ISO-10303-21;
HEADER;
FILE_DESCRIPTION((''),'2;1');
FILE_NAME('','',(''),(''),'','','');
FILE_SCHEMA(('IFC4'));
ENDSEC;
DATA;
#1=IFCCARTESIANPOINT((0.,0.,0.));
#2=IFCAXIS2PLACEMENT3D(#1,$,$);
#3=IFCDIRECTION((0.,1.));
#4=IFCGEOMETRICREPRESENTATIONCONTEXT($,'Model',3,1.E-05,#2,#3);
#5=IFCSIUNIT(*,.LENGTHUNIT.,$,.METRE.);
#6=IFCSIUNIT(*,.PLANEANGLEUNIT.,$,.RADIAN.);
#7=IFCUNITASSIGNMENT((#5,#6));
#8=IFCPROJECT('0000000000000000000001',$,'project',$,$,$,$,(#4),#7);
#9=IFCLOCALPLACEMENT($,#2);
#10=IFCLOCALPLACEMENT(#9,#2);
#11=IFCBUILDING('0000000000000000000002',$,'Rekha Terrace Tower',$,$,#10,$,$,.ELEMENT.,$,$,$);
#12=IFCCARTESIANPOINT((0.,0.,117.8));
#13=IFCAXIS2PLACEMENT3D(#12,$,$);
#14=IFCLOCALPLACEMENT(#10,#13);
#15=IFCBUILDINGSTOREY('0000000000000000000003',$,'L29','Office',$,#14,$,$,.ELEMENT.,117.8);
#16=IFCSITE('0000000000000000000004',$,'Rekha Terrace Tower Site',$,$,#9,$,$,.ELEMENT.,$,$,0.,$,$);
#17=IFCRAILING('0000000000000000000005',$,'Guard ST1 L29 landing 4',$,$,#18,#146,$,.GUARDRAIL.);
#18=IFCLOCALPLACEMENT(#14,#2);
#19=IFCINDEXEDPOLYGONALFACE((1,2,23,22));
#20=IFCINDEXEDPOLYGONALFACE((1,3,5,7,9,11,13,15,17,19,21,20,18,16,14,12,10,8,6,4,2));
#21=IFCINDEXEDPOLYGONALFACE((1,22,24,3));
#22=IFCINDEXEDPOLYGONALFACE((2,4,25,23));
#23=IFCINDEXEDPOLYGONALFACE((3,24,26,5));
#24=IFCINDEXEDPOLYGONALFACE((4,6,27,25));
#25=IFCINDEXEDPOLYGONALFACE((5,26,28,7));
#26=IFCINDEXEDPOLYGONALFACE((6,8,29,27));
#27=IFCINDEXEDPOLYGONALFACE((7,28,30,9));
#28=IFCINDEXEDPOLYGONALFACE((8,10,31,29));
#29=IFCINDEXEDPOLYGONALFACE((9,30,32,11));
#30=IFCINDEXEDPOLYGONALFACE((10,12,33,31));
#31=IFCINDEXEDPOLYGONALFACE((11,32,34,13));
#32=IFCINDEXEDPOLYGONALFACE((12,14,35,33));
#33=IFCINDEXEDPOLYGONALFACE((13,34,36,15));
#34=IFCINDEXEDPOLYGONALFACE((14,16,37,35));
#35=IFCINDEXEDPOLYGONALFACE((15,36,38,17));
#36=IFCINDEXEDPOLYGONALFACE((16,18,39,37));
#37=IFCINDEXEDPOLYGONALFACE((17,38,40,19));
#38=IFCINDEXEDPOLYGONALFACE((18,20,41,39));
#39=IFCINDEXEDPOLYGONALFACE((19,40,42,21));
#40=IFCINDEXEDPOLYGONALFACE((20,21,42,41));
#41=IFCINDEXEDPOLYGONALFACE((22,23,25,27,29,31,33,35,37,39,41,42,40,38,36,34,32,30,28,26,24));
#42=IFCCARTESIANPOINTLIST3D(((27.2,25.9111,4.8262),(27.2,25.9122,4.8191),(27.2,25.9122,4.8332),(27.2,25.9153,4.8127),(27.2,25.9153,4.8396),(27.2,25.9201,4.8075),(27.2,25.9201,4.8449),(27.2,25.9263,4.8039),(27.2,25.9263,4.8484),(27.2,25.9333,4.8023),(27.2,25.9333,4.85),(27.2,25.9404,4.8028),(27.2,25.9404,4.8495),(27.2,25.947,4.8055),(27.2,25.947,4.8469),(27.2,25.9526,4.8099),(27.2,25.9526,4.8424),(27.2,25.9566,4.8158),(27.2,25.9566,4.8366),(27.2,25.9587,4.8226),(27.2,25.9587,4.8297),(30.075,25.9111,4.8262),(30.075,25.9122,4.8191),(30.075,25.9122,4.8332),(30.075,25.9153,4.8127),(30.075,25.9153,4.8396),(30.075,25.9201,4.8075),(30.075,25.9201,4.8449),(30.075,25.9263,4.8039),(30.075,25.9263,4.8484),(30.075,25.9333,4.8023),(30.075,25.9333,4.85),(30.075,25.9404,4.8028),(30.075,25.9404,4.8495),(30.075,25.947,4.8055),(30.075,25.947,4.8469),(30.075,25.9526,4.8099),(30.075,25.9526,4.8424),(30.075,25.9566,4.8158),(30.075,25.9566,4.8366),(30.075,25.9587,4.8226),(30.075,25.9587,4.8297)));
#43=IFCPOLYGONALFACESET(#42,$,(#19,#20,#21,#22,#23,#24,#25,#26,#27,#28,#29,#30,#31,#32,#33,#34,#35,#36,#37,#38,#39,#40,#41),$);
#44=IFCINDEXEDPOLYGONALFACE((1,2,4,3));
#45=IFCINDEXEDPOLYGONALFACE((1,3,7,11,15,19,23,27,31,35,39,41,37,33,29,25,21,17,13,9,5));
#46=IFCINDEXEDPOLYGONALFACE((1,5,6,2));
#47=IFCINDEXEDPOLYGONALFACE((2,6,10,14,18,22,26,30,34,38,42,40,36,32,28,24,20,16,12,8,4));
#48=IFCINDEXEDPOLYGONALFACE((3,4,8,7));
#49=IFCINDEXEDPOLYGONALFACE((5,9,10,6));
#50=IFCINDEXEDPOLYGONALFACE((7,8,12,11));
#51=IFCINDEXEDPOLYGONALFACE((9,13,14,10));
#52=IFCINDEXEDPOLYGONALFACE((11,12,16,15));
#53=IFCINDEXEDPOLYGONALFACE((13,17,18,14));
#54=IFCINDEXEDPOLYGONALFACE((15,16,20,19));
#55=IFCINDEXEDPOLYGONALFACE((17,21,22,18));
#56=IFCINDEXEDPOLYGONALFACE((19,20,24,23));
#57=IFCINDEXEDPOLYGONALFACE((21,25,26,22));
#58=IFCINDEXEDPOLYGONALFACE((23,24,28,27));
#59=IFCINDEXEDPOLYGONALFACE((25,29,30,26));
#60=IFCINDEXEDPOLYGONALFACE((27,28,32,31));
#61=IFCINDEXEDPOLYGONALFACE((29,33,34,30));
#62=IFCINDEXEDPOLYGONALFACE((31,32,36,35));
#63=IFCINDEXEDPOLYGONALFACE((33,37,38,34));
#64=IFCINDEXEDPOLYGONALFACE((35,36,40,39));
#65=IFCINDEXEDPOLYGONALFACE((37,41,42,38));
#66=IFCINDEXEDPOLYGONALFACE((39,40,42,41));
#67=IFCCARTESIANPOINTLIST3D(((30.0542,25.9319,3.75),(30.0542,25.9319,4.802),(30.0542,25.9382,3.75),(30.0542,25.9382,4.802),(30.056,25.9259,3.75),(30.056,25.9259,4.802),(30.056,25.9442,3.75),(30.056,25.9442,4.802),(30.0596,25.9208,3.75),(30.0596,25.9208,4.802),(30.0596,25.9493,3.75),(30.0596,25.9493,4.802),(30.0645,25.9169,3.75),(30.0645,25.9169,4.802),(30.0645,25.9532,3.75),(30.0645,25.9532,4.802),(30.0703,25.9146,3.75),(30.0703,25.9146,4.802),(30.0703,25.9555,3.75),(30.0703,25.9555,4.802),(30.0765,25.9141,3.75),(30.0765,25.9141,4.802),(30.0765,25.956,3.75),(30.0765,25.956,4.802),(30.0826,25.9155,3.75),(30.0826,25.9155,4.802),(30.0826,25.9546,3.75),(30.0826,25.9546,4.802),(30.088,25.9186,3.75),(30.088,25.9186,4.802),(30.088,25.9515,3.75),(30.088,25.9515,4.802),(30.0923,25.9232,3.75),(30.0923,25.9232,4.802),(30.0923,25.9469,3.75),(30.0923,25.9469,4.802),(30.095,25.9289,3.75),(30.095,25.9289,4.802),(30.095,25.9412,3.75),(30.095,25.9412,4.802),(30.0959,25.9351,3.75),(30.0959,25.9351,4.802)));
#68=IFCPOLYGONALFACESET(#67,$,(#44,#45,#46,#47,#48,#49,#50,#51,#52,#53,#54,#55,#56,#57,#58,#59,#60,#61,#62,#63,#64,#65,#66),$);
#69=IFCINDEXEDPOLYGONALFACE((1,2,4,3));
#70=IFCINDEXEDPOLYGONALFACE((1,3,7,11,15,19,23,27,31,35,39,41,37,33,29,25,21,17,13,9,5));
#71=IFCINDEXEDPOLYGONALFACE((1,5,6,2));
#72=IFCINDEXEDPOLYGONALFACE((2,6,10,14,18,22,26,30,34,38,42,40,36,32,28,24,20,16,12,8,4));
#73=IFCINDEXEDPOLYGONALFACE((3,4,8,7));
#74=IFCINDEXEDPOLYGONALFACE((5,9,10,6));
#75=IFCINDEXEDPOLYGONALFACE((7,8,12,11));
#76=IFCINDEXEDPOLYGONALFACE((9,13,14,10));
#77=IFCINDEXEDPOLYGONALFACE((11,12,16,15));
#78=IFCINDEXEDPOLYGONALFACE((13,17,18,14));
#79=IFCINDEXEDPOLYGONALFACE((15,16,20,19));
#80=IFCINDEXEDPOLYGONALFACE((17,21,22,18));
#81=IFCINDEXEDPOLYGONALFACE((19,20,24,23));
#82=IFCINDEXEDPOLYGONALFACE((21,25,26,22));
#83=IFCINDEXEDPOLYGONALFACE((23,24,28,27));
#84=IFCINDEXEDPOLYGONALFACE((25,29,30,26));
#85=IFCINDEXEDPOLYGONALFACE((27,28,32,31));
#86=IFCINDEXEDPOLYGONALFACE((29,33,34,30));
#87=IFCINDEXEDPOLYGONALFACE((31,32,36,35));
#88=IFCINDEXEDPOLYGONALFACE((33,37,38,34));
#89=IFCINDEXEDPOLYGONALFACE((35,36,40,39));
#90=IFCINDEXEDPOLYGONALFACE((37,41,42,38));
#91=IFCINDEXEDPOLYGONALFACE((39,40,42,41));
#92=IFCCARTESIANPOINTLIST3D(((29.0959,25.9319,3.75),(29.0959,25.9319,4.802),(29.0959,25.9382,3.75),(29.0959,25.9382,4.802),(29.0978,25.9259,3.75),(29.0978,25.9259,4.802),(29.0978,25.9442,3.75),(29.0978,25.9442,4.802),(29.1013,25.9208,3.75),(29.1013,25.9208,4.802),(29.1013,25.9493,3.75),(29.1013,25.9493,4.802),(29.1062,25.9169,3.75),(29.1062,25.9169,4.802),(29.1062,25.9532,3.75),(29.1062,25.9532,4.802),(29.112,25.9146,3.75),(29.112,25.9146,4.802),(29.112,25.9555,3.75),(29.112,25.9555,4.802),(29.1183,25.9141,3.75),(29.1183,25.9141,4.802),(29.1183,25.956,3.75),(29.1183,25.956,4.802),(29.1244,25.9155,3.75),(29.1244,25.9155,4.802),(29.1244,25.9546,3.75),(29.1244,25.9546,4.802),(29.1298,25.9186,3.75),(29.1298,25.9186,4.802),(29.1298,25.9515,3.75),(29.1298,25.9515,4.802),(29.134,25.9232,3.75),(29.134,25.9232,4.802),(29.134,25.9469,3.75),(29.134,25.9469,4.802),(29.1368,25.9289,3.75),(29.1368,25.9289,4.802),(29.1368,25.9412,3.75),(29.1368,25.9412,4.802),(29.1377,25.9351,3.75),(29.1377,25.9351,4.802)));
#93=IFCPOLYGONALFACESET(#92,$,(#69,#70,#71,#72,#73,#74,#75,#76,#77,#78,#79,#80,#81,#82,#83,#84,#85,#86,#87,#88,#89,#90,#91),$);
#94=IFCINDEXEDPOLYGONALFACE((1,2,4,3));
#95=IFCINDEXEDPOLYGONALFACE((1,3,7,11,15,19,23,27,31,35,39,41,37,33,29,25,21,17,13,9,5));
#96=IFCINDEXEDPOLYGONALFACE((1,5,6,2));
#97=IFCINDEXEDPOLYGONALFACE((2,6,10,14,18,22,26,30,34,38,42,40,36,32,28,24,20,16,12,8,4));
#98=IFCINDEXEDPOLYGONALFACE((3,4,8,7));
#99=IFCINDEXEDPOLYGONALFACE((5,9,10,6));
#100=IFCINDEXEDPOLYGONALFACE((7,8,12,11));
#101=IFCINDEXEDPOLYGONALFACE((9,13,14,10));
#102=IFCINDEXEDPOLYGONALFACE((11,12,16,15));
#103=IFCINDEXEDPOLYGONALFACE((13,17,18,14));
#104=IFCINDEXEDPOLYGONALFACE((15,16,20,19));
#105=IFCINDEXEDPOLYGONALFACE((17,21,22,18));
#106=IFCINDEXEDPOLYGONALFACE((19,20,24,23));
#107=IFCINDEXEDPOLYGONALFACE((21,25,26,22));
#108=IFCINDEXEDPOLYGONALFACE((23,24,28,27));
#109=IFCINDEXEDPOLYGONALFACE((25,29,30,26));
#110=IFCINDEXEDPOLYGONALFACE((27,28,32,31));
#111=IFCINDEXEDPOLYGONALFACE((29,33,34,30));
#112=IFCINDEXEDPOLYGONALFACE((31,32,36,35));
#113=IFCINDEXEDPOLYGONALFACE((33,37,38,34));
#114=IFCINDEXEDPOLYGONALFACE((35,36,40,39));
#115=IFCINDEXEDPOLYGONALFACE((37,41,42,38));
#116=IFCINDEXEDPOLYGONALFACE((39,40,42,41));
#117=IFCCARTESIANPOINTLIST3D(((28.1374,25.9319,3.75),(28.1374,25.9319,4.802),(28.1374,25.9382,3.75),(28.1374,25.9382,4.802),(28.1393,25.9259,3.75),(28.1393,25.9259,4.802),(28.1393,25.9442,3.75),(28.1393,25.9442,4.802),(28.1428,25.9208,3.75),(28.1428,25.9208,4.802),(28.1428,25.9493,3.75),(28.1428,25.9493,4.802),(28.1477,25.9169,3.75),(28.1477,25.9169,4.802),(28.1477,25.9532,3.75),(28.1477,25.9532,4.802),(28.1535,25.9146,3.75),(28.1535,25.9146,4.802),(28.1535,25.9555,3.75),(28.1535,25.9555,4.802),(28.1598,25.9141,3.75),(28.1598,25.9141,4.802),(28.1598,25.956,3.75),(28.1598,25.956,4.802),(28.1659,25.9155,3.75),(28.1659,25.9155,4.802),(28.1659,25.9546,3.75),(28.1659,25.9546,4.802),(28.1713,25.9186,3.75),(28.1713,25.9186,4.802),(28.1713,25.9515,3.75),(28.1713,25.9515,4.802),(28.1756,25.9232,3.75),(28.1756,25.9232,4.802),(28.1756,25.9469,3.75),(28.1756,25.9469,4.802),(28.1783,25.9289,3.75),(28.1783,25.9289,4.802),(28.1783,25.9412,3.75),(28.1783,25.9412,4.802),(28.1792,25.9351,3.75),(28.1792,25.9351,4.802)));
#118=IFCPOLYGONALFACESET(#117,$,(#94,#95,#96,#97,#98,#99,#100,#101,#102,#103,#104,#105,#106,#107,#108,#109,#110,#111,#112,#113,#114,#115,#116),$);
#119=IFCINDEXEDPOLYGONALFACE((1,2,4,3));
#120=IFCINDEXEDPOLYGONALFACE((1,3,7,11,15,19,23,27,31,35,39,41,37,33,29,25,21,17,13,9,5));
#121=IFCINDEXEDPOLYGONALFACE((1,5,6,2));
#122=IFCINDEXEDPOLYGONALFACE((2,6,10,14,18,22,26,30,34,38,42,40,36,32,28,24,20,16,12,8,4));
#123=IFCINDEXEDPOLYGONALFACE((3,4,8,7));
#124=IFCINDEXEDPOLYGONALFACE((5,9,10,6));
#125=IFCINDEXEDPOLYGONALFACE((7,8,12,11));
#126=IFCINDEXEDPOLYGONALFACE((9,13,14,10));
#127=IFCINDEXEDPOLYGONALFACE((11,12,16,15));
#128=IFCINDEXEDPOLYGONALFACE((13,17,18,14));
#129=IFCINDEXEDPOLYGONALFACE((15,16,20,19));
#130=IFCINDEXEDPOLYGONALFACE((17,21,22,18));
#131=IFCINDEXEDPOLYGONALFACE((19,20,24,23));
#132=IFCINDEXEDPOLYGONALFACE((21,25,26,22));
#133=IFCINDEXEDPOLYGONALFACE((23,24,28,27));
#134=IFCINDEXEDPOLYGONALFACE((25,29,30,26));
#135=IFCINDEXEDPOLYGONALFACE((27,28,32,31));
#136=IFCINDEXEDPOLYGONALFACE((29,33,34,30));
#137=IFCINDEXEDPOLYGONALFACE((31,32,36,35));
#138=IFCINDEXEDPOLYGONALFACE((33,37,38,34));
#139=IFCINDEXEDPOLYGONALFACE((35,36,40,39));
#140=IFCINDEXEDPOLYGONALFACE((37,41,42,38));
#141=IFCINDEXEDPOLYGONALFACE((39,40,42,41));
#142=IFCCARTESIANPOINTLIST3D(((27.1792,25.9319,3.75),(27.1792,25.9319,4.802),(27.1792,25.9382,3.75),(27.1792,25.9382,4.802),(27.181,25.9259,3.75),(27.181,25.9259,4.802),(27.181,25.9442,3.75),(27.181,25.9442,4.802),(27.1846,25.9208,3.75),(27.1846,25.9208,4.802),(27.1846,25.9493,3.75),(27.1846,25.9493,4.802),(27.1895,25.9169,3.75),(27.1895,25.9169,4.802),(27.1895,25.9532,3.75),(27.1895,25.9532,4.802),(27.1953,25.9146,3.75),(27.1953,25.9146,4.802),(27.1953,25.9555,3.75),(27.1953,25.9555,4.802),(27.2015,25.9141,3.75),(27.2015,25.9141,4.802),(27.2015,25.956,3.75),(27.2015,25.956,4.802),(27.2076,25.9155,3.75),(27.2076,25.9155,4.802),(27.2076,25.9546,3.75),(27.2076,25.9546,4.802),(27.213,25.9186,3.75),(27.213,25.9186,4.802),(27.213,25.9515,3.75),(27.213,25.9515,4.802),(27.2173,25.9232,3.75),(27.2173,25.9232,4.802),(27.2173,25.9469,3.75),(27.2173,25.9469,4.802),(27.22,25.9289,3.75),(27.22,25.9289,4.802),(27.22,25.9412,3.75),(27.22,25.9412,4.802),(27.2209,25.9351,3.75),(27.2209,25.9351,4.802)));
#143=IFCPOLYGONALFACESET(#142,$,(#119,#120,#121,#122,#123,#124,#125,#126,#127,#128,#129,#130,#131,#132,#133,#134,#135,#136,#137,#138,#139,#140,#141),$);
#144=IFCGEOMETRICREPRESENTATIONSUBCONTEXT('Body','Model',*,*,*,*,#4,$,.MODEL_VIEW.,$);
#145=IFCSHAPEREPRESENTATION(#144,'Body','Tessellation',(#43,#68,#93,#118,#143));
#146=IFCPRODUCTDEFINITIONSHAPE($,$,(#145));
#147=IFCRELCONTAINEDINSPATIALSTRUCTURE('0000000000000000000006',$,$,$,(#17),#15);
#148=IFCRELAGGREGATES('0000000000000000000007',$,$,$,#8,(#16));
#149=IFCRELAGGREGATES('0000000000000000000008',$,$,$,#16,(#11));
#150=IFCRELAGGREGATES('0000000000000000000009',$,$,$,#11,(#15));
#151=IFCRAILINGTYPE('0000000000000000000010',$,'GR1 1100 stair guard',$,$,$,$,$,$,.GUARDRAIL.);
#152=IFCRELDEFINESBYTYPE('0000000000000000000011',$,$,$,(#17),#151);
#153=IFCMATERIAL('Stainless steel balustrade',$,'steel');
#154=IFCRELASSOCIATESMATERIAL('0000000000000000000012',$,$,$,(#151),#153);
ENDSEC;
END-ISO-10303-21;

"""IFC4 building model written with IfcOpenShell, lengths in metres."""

from ifc_helpers import new_model, si_unit, direction, frame, origin, origin_2d, place, context, subcontext, project, spatial, circle, extrude, material, type_object, element, save


model = new_model("IFC4")

# Units and contexts
model_context = context("Model", 3, precision=1e-05, world=origin(), true_north=direction((0.0, 1.0)))
body_context = subcontext(model_context, "Body", "Model", "MODEL_VIEW")
ifc_project = project(units=[si_unit("LENGTHUNIT", "METRE"), si_unit("PLANEANGLEUNIT", "RADIAN")], contexts=[model_context])

# Site, building, storey
site_placement = place(None, origin())
site = spatial("IfcSite", under=ifc_project, at=site_placement, Name="Rekha Terrace Tower Site", CompositionType="ELEMENT", RefElevation=0.0)
building_placement = place(site_placement, origin())
building = spatial("IfcBuilding", under=site, at=building_placement, Name="Rekha Terrace Tower", CompositionType="ELEMENT")
storey_placement = place(building_placement, frame((0.0, 0.0, 117.8)))
storey = spatial("IfcBuildingStorey", under=building, at=storey_placement, Name="L29", Description="Office", CompositionType="ELEMENT", Elevation=117.8)

# Railing
ifc_material_1 = material(Name="Stainless steel balustrade", Category="steel")
railing_type_1 = type_object("IfcRailingType", Name="GR1 1100 stair guard", PredefinedType="GUARDRAIL", material=ifc_material_1)
railing_1_placement = place(storey_placement, frame((30.075, 25.9351, 3.75)))
element("IfcRailing", 1, at=railing_1_placement, inside=storey, type_object=railing_type_1, Name="Guard ST1 L29 landing 4", PredefinedType="GUARDRAIL", context=body_context, shape_type="SweptSolid", body=[
    extrude(circle(Radius=0.0239, at=origin_2d()), frame((0.0, 0.0, 1.0762), z_axis=(-1.0, 0.0, 0.0), x_axis=(0.0, -1.0, 0.0)), (0.0, 0.0, 1.0), 2.875),
    extrude(circle(Radius=0.021, at=origin_2d()), origin(), (0.0, 0.0, 1.0), 1.052),
    extrude(circle(Radius=0.021, at=origin_2d()), frame((-0.9583, 0.0, 0.0)), (0.0, 0.0, 1.0), 1.052),
    extrude(circle(Radius=0.021, at=origin_2d()), frame((-1.9167, 0.0, 0.0)), (0.0, 0.0, 1.0), 1.052),
    extrude(circle(Radius=0.021, at=origin_2d()), frame((-2.875, 0.0, 0.0)), (0.0, 0.0, 1.0), 1.052),
])

save(model, "model.ifc")
